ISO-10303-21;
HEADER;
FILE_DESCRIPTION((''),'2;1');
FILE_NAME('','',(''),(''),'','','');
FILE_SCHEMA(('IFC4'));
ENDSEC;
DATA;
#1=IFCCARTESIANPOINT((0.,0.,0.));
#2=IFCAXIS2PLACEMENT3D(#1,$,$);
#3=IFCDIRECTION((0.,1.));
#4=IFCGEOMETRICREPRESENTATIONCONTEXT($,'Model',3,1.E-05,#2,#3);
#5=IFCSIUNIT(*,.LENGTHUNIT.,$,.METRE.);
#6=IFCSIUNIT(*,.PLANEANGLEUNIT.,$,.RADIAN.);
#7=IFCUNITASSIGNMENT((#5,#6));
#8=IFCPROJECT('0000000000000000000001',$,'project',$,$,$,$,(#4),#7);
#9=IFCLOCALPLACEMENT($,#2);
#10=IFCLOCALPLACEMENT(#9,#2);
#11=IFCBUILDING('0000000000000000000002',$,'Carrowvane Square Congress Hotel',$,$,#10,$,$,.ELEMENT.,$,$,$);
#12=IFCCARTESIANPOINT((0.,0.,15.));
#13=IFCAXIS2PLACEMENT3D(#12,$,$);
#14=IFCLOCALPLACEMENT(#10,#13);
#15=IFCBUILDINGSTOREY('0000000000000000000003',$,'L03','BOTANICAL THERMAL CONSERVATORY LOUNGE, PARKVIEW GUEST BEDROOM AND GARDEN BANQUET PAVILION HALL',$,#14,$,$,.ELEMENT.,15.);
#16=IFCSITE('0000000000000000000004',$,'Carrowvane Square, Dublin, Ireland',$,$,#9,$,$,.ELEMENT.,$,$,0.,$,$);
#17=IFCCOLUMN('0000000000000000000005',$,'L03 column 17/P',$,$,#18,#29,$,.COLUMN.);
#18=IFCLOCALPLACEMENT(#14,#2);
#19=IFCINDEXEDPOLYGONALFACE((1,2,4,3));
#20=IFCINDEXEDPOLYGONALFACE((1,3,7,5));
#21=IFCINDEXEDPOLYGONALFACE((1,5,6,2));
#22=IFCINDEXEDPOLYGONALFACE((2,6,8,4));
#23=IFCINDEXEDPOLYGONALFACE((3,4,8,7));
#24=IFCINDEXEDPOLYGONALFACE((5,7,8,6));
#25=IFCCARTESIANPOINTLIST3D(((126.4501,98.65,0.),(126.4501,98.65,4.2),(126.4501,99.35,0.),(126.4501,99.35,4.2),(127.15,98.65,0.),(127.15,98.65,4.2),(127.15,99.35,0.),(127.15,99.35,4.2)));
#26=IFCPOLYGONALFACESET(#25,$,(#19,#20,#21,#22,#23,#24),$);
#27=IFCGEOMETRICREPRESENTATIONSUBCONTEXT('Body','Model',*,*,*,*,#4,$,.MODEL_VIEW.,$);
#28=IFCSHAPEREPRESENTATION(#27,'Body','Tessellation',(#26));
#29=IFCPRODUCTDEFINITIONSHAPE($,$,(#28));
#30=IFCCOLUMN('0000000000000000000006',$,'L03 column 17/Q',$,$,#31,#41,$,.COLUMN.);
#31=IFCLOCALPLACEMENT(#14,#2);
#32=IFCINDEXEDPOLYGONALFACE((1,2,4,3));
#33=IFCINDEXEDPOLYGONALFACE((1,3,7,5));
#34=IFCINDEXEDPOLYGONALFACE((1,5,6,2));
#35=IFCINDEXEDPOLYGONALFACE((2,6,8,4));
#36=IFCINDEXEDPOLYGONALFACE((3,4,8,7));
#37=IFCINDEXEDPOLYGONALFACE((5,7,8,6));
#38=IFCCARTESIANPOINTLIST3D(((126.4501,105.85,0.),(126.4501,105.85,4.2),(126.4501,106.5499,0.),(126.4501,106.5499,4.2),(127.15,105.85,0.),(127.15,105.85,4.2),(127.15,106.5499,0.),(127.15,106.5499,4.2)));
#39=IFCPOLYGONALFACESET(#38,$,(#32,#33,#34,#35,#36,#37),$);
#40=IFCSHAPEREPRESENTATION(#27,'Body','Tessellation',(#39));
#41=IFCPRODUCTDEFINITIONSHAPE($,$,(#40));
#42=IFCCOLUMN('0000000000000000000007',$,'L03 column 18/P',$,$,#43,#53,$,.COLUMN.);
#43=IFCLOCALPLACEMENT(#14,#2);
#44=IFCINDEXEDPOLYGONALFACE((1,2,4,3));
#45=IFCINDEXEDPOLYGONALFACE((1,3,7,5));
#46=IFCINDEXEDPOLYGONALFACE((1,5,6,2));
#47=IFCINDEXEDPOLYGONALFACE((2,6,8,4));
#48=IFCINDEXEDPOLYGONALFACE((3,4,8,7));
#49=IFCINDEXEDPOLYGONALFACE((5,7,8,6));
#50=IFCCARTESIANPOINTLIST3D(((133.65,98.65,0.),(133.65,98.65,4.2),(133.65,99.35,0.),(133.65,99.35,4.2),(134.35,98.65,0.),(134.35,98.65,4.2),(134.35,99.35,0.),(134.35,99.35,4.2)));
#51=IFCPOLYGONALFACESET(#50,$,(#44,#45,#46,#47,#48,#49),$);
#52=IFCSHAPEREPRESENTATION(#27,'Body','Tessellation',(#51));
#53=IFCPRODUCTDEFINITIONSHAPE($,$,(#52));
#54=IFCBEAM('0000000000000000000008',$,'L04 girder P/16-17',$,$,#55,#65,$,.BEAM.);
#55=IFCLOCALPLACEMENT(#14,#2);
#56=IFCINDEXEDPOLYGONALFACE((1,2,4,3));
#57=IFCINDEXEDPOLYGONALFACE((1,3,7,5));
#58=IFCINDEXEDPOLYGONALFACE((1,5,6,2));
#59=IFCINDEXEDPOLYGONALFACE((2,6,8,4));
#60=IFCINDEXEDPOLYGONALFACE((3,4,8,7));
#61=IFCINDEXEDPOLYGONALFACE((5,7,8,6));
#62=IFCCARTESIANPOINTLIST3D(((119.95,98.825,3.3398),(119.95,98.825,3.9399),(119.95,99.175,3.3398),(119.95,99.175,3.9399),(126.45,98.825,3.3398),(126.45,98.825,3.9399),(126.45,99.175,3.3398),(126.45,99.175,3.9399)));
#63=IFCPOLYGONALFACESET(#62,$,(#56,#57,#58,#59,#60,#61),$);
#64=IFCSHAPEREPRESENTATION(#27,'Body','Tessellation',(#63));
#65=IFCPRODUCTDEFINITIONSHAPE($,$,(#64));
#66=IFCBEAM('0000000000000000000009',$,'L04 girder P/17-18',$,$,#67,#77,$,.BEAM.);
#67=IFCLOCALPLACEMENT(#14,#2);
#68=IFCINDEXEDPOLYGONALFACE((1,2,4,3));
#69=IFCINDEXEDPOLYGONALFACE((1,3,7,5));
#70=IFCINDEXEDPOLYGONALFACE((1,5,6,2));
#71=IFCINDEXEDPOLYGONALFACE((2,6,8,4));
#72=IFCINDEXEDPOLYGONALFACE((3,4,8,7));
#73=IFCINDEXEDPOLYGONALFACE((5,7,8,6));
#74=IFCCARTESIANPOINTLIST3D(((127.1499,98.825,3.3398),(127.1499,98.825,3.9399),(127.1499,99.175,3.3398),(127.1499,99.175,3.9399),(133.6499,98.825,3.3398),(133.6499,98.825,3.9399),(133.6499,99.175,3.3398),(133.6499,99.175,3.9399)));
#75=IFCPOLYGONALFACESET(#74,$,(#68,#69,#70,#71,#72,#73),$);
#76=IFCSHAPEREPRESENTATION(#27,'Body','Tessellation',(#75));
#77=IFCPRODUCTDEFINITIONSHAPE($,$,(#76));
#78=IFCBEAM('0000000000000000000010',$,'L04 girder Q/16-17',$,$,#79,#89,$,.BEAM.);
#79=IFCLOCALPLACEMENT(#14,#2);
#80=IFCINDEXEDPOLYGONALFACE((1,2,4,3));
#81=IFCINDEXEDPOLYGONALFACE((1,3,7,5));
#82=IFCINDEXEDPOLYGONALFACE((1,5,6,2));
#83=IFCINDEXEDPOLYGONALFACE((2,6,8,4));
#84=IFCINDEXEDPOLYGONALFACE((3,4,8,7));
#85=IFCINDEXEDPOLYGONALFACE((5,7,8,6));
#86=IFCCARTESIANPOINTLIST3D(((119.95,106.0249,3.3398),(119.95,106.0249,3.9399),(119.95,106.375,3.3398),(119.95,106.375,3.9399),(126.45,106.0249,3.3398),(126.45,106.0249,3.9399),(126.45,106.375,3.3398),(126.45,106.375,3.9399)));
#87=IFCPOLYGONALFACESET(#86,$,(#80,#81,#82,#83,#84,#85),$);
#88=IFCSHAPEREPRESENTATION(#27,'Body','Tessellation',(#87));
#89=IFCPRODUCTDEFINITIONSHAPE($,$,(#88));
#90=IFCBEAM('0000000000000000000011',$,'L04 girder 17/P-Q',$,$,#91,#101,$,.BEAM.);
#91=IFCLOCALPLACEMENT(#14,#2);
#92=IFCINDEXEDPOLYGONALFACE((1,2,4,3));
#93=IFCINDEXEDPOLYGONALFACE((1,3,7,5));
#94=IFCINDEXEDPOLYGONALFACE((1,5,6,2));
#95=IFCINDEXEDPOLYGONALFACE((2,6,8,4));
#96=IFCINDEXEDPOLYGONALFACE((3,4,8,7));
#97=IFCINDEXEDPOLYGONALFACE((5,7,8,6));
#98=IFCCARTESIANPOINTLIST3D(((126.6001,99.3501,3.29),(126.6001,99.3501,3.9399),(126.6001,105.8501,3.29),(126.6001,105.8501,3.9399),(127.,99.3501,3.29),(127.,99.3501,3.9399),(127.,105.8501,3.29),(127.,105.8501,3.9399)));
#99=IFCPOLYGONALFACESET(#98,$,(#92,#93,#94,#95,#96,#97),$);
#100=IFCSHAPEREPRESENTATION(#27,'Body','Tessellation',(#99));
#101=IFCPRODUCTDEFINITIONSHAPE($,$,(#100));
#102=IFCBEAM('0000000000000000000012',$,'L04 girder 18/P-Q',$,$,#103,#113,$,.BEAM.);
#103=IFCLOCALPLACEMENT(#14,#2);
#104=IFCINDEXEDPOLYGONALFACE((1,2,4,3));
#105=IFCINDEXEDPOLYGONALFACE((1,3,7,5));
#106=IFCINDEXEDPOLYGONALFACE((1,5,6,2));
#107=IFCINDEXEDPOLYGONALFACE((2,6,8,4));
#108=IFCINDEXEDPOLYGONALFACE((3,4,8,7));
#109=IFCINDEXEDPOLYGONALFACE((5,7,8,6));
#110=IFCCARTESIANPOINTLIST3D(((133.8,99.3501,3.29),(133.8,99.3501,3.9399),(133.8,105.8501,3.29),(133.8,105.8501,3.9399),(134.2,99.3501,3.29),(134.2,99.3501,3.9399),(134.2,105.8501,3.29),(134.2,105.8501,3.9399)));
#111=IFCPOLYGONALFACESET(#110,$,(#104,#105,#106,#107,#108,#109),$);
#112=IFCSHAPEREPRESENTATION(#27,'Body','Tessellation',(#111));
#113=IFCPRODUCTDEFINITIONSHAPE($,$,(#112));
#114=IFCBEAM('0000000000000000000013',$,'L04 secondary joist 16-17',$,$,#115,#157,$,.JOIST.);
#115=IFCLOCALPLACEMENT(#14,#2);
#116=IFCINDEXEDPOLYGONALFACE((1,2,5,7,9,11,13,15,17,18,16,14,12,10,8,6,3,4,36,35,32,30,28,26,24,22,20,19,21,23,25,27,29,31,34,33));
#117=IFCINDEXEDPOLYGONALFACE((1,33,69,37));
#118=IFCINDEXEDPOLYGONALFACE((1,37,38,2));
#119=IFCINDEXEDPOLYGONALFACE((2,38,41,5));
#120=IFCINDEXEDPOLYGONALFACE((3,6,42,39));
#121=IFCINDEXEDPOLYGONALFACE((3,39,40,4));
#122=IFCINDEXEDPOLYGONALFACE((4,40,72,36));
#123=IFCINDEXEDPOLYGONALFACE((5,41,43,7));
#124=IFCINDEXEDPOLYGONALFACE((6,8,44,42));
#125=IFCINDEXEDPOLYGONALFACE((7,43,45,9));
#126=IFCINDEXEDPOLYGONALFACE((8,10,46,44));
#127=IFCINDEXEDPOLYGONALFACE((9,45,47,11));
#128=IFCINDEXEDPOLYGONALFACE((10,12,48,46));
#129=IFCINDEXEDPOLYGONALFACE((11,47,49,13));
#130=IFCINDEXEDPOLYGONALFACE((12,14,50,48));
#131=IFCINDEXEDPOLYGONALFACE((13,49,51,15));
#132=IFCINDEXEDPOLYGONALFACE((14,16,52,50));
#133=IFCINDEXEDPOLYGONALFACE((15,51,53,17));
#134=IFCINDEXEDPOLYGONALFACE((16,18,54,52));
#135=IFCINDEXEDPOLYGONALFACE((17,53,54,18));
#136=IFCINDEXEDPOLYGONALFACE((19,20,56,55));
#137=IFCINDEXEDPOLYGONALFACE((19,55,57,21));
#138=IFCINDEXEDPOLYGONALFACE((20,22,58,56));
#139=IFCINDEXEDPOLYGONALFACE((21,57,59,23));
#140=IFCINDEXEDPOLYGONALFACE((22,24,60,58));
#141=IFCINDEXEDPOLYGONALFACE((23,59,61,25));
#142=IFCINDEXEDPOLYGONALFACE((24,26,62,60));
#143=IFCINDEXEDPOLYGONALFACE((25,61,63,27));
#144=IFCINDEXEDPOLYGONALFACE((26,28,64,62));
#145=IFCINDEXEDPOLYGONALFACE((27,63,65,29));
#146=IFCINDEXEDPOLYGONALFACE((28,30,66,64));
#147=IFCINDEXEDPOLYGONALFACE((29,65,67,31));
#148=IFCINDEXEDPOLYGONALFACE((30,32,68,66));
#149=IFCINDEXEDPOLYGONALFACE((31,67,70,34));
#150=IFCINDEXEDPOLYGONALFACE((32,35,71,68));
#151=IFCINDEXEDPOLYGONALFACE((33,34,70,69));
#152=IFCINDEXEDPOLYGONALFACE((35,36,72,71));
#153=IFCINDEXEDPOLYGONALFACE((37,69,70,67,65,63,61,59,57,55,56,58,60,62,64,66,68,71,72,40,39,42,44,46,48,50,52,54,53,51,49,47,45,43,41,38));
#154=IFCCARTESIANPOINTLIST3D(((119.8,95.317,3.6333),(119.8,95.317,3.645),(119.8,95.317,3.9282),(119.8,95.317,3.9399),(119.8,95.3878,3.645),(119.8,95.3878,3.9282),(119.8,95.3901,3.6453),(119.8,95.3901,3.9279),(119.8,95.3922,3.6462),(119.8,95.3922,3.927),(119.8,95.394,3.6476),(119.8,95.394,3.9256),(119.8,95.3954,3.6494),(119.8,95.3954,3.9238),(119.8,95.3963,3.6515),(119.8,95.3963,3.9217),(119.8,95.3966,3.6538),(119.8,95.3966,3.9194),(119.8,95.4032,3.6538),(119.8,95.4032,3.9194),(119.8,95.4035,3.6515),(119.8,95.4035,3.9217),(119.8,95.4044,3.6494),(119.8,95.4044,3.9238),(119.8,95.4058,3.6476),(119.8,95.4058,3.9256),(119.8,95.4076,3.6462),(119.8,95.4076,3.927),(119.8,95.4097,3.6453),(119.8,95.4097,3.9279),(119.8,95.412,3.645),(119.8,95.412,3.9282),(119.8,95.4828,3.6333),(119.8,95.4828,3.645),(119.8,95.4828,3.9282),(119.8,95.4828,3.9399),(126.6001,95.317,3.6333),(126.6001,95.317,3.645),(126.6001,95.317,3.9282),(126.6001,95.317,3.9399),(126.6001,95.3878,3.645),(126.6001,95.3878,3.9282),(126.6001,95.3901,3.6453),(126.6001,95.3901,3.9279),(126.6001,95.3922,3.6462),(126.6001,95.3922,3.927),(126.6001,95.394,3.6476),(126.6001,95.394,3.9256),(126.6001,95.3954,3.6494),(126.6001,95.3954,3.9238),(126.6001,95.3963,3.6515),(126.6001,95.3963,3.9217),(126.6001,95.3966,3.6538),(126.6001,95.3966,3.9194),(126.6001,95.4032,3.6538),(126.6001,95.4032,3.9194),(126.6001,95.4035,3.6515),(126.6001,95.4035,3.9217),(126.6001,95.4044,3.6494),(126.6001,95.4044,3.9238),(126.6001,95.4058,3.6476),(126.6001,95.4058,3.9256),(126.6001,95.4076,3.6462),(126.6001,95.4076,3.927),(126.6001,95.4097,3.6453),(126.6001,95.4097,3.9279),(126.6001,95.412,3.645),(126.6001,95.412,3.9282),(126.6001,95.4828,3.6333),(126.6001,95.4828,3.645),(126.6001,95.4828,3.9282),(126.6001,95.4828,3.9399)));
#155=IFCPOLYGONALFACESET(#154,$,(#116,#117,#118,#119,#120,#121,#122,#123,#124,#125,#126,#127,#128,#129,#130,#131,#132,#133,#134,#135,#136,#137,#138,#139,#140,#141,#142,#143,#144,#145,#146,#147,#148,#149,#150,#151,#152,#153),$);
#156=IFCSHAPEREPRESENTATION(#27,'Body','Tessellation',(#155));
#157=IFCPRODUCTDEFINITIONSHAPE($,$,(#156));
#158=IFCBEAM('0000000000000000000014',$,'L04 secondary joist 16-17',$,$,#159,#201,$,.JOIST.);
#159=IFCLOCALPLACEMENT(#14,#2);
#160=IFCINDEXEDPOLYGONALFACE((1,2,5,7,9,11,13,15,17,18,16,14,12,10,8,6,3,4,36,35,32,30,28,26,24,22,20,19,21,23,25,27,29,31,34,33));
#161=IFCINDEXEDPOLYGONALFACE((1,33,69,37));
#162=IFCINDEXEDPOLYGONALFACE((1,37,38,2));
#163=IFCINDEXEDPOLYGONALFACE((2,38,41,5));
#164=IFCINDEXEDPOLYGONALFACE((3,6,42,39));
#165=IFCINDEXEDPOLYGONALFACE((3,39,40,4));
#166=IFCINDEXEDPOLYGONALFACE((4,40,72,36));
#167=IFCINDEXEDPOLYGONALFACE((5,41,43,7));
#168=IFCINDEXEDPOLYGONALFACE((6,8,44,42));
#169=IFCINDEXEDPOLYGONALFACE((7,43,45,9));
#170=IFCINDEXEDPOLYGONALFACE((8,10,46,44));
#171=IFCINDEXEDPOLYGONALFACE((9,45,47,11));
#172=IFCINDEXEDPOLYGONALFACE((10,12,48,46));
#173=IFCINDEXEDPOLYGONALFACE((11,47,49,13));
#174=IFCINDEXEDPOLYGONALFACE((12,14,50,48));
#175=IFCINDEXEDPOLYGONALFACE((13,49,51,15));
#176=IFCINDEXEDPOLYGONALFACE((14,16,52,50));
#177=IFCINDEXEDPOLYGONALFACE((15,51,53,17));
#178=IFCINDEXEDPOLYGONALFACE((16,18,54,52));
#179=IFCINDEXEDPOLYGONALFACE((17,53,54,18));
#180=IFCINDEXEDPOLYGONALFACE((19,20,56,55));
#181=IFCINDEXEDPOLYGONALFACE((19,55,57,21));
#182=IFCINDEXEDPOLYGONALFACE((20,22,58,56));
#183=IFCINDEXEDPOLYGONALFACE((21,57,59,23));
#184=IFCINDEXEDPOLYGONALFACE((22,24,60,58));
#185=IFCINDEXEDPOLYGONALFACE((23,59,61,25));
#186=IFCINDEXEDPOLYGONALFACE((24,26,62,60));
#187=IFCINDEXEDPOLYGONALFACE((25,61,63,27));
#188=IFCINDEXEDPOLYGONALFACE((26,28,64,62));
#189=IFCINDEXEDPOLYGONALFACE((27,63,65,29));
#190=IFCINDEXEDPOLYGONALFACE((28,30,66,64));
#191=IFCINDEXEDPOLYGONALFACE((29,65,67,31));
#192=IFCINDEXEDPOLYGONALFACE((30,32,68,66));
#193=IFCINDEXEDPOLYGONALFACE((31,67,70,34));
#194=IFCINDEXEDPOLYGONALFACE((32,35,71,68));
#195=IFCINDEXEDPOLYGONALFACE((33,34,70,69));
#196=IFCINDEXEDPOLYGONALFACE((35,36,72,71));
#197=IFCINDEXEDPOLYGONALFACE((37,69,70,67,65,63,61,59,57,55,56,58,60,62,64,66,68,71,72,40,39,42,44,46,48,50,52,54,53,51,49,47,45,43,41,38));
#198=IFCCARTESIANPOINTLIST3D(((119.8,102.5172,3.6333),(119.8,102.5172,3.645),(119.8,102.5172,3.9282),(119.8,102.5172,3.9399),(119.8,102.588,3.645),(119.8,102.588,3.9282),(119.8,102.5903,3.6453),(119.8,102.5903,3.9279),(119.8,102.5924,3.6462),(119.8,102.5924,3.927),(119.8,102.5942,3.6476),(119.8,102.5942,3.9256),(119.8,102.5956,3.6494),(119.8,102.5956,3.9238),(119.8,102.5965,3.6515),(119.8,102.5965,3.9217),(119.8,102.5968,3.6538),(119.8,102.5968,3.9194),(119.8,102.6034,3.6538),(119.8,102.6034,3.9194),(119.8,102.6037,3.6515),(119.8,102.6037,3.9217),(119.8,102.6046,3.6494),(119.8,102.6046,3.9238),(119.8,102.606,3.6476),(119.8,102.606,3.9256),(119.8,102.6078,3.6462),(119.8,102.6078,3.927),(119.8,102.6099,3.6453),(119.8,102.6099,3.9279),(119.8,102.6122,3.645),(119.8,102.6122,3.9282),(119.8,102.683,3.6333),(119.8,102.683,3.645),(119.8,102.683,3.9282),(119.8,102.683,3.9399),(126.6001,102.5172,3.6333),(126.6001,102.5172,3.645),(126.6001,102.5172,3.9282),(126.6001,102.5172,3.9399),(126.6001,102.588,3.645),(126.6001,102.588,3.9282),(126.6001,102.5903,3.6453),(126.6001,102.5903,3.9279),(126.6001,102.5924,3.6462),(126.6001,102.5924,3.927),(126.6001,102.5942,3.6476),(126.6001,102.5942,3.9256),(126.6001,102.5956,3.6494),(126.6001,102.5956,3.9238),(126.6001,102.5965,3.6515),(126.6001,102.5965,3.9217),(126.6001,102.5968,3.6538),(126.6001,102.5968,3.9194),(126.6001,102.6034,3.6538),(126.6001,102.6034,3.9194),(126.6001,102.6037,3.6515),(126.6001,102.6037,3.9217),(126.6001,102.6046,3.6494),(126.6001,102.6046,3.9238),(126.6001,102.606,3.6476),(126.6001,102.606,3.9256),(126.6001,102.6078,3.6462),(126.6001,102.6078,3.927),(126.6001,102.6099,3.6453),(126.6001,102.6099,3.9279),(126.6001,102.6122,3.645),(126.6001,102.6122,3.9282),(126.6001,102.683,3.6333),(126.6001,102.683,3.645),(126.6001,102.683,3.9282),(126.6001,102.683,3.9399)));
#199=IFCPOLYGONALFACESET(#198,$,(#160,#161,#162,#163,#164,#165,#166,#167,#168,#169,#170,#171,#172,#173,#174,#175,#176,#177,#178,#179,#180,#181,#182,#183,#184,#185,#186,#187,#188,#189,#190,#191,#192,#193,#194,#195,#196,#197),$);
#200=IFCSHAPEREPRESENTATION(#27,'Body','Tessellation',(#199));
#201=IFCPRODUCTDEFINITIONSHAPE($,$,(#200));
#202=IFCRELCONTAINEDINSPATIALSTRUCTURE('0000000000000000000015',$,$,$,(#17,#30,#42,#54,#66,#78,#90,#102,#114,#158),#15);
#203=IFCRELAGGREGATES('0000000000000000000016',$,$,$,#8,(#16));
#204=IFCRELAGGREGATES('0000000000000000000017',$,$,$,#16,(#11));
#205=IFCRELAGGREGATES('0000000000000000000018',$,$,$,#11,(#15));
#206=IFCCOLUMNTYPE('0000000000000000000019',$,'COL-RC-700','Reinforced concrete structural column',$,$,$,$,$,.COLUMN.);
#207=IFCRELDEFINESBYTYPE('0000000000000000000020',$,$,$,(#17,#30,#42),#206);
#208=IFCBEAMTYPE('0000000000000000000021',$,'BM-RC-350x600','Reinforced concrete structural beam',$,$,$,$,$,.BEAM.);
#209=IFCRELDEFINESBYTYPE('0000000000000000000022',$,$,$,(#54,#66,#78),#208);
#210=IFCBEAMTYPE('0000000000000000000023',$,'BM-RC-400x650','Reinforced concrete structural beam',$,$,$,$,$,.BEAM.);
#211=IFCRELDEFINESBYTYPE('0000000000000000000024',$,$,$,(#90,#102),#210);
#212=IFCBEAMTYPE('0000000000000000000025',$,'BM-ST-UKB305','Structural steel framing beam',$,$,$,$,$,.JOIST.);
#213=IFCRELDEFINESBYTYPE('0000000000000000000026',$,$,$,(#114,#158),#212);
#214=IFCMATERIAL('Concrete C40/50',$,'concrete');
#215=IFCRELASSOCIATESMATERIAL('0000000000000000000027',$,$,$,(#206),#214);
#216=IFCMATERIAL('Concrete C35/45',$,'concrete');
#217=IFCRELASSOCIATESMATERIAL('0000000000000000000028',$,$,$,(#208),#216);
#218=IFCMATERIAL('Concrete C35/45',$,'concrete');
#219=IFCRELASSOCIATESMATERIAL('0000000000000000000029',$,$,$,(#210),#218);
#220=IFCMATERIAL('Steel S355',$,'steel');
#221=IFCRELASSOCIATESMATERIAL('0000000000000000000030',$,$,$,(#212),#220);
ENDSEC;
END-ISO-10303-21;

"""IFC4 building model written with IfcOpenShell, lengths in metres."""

from ifc_helpers import new_model, si_unit, direction, frame, origin, origin_2d, place, context, subcontext, project, spatial, rectangle, i_section, extrude, material, material_profile, profile_set, type_object, element, save


model = new_model("IFC4")

# Units and contexts
model_context = context("Model", 3, precision=1e-05, world=origin(), true_north=direction((0.0, 1.0)))
body_context = subcontext(model_context, "Body", "Model", "MODEL_VIEW")
ifc_project = project(units=[si_unit("LENGTHUNIT", "METRE"), si_unit("PLANEANGLEUNIT", "RADIAN")], contexts=[model_context])

# Site, building, storey
site_placement = place(None, origin())
site = spatial("IfcSite", under=ifc_project, at=site_placement, Name="Carrowvane Square, Dublin, Ireland", CompositionType="ELEMENT", RefElevation=0.0)
building_placement = place(site_placement, origin())
building = spatial("IfcBuilding", under=site, at=building_placement, Name="Carrowvane Square Congress Hotel", CompositionType="ELEMENT")
storey_placement = place(building_placement, frame((0.0, 0.0, 15.0)))
storey = spatial("IfcBuildingStorey", under=building, at=storey_placement, Name="L03", Description="BOTANICAL THERMAL CONSERVATORY LOUNGE, PARKVIEW GUEST BEDROOM AND GARDEN BANQUET PAVILION HALL", CompositionType="ELEMENT", Elevation=15.0)

# Columns
ifc_material_1 = material(Name="Concrete C40/50", Category="concrete")
ifc_material_profile_1 = material_profile(ifc_material_1, rectangle(XDim=0.7, YDim=0.7, at=origin_2d()), Name="RC 700x700")
ifc_profile_set_1 = profile_set([ifc_material_profile_1], Name="Concrete C40/50")
column_type = type_object("IfcColumnType", Name="COL-RC-700", Description="Reinforced concrete structural column", PredefinedType="COLUMN", material=ifc_profile_set_1)
for number, where, z_axis, x_axis, name in (
    (1, (126.8, 99.0, 0.0), (0.0, 0.0, 1.0), (1.0, 0.0, 0.0), "L03 column 17/P"),
    (2, (126.8, 106.2, 0.0), (0.0, 0.0, 1.0), (1.0, 0.0, 0.0), "L03 column 17/Q"),
    (3, (134.0, 99.0, 0.0), (0.0, 0.0, 1.0), (1.0, 0.0, 0.0), "L03 column 18/P"),
):
    element("IfcColumn", number, at=place(storey_placement, frame(where, z_axis=z_axis, x_axis=x_axis)), inside=storey, type_object=column_type, Name=name, PredefinedType="COLUMN", context=body_context, shape_type="SweptSolid", body=[
        extrude(rectangle(XDim=0.7, YDim=0.7, at=origin_2d()), origin(), (0.0, 0.0, 1.0), 4.2),
    ])

# Beams
ifc_material_2 = material(Name="Concrete C35/45", Category="concrete")
ifc_material_profile_2 = material_profile(ifc_material_2, rectangle(XDim=0.3501, YDim=0.6001, at=origin_2d()), Name="RC 350x600")
ifc_profile_set_2 = profile_set([ifc_material_profile_2], Name="Concrete C35/45")
beam_type_1 = type_object("IfcBeamType", Name="BM-RC-350x600", Description="Reinforced concrete structural beam", PredefinedType="BEAM", material=ifc_profile_set_2)
for number, where, z_axis, x_axis, name in (
    (4, (119.95, 99.0, 3.6399), (1.0, 0.0, 0.0), (0.0, 1.0, 0.0), "L04 girder P/16-17"),
    (5, (127.1499, 99.0, 3.6399), (1.0, 0.0, 0.0), (0.0, 1.0, 0.0), "L04 girder P/17-18"),
    (6, (119.95, 106.2, 3.6399), (1.0, 0.0, 0.0), (0.0, 1.0, 0.0), "L04 girder Q/16-17"),
):
    element("IfcBeam", number, at=place(storey_placement, frame(where, z_axis=z_axis, x_axis=x_axis)), inside=storey, type_object=beam_type_1, Name=name, PredefinedType="BEAM", context=body_context, shape_type="SweptSolid", body=[
        extrude(rectangle(XDim=0.3501, YDim=0.6001, at=origin_2d()), origin(), (0.0, 0.0, 1.0), 6.5),
    ])
ifc_material_3 = material(Name="Concrete C35/45", Category="concrete")
ifc_material_profile_3 = material_profile(ifc_material_3, rectangle(XDim=0.3999, YDim=0.6499, at=origin_2d()), Name="RC 400x650")
ifc_profile_set_3 = profile_set([ifc_material_profile_3], Name="Concrete C35/45")
beam_type_2 = type_object("IfcBeamType", Name="BM-RC-400x650", Description="Reinforced concrete structural beam", PredefinedType="BEAM", material=ifc_profile_set_3)
for number, where, z_axis, x_axis, name in (
    (7, (126.8, 99.3501, 3.615), (0.0, 1.0, 0.0), (-1.0, 0.0, 0.0), "L04 girder 17/P-Q"),
    (8, (134.0, 99.3501, 3.615), (0.0, 1.0, 0.0), (-1.0, 0.0, 0.0), "L04 girder 18/P-Q"),
):
    element("IfcBeam", number, at=place(storey_placement, frame(where, z_axis=z_axis, x_axis=x_axis)), inside=storey, type_object=beam_type_2, Name=name, PredefinedType="BEAM", context=body_context, shape_type="SweptSolid", body=[
        extrude(rectangle(XDim=0.3999, YDim=0.6499, at=origin_2d()), origin(), (0.0, 0.0, 1.0), 6.5),
    ])
ifc_material_4 = material(Name="Steel S355", Category="steel")
ifc_material_profile_4 = material_profile(ifc_material_4, i_section(OverallWidth=0.1658, OverallDepth=0.3066, WebThickness=0.0066, FlangeThickness=0.0117, FilletRadius=0.0088, at=origin_2d()), Name="UKB 305x165x46")
ifc_profile_set_4 = profile_set([ifc_material_profile_4], Name="Steel S355")
beam_type_3 = type_object("IfcBeamType", Name="BM-ST-UKB305", Description="Structural steel framing beam", PredefinedType="JOIST", material=ifc_profile_set_4)
for number, where, z_axis, x_axis, name in (
    (9, (119.8, 95.3999, 3.7866), (1.0, 0.0, 0.0), (0.0, 1.0, 0.0), "L04 secondary joist 16-17"),
    (10, (119.8, 102.6001, 3.7866), (1.0, 0.0, 0.0), (0.0, 1.0, 0.0), "L04 secondary joist 16-17"),
):
    element("IfcBeam", number, at=place(storey_placement, frame(where, z_axis=z_axis, x_axis=x_axis)), inside=storey, type_object=beam_type_3, Name=name, PredefinedType="JOIST", context=body_context, shape_type="SweptSolid", body=[
        extrude(i_section(OverallWidth=0.1658, OverallDepth=0.3066, WebThickness=0.0066, FlangeThickness=0.0117, FilletRadius=0.0088, at=origin_2d()), origin(), (0.0, 0.0, 1.0), 6.8),
    ])

save(model, "model.ifc")
